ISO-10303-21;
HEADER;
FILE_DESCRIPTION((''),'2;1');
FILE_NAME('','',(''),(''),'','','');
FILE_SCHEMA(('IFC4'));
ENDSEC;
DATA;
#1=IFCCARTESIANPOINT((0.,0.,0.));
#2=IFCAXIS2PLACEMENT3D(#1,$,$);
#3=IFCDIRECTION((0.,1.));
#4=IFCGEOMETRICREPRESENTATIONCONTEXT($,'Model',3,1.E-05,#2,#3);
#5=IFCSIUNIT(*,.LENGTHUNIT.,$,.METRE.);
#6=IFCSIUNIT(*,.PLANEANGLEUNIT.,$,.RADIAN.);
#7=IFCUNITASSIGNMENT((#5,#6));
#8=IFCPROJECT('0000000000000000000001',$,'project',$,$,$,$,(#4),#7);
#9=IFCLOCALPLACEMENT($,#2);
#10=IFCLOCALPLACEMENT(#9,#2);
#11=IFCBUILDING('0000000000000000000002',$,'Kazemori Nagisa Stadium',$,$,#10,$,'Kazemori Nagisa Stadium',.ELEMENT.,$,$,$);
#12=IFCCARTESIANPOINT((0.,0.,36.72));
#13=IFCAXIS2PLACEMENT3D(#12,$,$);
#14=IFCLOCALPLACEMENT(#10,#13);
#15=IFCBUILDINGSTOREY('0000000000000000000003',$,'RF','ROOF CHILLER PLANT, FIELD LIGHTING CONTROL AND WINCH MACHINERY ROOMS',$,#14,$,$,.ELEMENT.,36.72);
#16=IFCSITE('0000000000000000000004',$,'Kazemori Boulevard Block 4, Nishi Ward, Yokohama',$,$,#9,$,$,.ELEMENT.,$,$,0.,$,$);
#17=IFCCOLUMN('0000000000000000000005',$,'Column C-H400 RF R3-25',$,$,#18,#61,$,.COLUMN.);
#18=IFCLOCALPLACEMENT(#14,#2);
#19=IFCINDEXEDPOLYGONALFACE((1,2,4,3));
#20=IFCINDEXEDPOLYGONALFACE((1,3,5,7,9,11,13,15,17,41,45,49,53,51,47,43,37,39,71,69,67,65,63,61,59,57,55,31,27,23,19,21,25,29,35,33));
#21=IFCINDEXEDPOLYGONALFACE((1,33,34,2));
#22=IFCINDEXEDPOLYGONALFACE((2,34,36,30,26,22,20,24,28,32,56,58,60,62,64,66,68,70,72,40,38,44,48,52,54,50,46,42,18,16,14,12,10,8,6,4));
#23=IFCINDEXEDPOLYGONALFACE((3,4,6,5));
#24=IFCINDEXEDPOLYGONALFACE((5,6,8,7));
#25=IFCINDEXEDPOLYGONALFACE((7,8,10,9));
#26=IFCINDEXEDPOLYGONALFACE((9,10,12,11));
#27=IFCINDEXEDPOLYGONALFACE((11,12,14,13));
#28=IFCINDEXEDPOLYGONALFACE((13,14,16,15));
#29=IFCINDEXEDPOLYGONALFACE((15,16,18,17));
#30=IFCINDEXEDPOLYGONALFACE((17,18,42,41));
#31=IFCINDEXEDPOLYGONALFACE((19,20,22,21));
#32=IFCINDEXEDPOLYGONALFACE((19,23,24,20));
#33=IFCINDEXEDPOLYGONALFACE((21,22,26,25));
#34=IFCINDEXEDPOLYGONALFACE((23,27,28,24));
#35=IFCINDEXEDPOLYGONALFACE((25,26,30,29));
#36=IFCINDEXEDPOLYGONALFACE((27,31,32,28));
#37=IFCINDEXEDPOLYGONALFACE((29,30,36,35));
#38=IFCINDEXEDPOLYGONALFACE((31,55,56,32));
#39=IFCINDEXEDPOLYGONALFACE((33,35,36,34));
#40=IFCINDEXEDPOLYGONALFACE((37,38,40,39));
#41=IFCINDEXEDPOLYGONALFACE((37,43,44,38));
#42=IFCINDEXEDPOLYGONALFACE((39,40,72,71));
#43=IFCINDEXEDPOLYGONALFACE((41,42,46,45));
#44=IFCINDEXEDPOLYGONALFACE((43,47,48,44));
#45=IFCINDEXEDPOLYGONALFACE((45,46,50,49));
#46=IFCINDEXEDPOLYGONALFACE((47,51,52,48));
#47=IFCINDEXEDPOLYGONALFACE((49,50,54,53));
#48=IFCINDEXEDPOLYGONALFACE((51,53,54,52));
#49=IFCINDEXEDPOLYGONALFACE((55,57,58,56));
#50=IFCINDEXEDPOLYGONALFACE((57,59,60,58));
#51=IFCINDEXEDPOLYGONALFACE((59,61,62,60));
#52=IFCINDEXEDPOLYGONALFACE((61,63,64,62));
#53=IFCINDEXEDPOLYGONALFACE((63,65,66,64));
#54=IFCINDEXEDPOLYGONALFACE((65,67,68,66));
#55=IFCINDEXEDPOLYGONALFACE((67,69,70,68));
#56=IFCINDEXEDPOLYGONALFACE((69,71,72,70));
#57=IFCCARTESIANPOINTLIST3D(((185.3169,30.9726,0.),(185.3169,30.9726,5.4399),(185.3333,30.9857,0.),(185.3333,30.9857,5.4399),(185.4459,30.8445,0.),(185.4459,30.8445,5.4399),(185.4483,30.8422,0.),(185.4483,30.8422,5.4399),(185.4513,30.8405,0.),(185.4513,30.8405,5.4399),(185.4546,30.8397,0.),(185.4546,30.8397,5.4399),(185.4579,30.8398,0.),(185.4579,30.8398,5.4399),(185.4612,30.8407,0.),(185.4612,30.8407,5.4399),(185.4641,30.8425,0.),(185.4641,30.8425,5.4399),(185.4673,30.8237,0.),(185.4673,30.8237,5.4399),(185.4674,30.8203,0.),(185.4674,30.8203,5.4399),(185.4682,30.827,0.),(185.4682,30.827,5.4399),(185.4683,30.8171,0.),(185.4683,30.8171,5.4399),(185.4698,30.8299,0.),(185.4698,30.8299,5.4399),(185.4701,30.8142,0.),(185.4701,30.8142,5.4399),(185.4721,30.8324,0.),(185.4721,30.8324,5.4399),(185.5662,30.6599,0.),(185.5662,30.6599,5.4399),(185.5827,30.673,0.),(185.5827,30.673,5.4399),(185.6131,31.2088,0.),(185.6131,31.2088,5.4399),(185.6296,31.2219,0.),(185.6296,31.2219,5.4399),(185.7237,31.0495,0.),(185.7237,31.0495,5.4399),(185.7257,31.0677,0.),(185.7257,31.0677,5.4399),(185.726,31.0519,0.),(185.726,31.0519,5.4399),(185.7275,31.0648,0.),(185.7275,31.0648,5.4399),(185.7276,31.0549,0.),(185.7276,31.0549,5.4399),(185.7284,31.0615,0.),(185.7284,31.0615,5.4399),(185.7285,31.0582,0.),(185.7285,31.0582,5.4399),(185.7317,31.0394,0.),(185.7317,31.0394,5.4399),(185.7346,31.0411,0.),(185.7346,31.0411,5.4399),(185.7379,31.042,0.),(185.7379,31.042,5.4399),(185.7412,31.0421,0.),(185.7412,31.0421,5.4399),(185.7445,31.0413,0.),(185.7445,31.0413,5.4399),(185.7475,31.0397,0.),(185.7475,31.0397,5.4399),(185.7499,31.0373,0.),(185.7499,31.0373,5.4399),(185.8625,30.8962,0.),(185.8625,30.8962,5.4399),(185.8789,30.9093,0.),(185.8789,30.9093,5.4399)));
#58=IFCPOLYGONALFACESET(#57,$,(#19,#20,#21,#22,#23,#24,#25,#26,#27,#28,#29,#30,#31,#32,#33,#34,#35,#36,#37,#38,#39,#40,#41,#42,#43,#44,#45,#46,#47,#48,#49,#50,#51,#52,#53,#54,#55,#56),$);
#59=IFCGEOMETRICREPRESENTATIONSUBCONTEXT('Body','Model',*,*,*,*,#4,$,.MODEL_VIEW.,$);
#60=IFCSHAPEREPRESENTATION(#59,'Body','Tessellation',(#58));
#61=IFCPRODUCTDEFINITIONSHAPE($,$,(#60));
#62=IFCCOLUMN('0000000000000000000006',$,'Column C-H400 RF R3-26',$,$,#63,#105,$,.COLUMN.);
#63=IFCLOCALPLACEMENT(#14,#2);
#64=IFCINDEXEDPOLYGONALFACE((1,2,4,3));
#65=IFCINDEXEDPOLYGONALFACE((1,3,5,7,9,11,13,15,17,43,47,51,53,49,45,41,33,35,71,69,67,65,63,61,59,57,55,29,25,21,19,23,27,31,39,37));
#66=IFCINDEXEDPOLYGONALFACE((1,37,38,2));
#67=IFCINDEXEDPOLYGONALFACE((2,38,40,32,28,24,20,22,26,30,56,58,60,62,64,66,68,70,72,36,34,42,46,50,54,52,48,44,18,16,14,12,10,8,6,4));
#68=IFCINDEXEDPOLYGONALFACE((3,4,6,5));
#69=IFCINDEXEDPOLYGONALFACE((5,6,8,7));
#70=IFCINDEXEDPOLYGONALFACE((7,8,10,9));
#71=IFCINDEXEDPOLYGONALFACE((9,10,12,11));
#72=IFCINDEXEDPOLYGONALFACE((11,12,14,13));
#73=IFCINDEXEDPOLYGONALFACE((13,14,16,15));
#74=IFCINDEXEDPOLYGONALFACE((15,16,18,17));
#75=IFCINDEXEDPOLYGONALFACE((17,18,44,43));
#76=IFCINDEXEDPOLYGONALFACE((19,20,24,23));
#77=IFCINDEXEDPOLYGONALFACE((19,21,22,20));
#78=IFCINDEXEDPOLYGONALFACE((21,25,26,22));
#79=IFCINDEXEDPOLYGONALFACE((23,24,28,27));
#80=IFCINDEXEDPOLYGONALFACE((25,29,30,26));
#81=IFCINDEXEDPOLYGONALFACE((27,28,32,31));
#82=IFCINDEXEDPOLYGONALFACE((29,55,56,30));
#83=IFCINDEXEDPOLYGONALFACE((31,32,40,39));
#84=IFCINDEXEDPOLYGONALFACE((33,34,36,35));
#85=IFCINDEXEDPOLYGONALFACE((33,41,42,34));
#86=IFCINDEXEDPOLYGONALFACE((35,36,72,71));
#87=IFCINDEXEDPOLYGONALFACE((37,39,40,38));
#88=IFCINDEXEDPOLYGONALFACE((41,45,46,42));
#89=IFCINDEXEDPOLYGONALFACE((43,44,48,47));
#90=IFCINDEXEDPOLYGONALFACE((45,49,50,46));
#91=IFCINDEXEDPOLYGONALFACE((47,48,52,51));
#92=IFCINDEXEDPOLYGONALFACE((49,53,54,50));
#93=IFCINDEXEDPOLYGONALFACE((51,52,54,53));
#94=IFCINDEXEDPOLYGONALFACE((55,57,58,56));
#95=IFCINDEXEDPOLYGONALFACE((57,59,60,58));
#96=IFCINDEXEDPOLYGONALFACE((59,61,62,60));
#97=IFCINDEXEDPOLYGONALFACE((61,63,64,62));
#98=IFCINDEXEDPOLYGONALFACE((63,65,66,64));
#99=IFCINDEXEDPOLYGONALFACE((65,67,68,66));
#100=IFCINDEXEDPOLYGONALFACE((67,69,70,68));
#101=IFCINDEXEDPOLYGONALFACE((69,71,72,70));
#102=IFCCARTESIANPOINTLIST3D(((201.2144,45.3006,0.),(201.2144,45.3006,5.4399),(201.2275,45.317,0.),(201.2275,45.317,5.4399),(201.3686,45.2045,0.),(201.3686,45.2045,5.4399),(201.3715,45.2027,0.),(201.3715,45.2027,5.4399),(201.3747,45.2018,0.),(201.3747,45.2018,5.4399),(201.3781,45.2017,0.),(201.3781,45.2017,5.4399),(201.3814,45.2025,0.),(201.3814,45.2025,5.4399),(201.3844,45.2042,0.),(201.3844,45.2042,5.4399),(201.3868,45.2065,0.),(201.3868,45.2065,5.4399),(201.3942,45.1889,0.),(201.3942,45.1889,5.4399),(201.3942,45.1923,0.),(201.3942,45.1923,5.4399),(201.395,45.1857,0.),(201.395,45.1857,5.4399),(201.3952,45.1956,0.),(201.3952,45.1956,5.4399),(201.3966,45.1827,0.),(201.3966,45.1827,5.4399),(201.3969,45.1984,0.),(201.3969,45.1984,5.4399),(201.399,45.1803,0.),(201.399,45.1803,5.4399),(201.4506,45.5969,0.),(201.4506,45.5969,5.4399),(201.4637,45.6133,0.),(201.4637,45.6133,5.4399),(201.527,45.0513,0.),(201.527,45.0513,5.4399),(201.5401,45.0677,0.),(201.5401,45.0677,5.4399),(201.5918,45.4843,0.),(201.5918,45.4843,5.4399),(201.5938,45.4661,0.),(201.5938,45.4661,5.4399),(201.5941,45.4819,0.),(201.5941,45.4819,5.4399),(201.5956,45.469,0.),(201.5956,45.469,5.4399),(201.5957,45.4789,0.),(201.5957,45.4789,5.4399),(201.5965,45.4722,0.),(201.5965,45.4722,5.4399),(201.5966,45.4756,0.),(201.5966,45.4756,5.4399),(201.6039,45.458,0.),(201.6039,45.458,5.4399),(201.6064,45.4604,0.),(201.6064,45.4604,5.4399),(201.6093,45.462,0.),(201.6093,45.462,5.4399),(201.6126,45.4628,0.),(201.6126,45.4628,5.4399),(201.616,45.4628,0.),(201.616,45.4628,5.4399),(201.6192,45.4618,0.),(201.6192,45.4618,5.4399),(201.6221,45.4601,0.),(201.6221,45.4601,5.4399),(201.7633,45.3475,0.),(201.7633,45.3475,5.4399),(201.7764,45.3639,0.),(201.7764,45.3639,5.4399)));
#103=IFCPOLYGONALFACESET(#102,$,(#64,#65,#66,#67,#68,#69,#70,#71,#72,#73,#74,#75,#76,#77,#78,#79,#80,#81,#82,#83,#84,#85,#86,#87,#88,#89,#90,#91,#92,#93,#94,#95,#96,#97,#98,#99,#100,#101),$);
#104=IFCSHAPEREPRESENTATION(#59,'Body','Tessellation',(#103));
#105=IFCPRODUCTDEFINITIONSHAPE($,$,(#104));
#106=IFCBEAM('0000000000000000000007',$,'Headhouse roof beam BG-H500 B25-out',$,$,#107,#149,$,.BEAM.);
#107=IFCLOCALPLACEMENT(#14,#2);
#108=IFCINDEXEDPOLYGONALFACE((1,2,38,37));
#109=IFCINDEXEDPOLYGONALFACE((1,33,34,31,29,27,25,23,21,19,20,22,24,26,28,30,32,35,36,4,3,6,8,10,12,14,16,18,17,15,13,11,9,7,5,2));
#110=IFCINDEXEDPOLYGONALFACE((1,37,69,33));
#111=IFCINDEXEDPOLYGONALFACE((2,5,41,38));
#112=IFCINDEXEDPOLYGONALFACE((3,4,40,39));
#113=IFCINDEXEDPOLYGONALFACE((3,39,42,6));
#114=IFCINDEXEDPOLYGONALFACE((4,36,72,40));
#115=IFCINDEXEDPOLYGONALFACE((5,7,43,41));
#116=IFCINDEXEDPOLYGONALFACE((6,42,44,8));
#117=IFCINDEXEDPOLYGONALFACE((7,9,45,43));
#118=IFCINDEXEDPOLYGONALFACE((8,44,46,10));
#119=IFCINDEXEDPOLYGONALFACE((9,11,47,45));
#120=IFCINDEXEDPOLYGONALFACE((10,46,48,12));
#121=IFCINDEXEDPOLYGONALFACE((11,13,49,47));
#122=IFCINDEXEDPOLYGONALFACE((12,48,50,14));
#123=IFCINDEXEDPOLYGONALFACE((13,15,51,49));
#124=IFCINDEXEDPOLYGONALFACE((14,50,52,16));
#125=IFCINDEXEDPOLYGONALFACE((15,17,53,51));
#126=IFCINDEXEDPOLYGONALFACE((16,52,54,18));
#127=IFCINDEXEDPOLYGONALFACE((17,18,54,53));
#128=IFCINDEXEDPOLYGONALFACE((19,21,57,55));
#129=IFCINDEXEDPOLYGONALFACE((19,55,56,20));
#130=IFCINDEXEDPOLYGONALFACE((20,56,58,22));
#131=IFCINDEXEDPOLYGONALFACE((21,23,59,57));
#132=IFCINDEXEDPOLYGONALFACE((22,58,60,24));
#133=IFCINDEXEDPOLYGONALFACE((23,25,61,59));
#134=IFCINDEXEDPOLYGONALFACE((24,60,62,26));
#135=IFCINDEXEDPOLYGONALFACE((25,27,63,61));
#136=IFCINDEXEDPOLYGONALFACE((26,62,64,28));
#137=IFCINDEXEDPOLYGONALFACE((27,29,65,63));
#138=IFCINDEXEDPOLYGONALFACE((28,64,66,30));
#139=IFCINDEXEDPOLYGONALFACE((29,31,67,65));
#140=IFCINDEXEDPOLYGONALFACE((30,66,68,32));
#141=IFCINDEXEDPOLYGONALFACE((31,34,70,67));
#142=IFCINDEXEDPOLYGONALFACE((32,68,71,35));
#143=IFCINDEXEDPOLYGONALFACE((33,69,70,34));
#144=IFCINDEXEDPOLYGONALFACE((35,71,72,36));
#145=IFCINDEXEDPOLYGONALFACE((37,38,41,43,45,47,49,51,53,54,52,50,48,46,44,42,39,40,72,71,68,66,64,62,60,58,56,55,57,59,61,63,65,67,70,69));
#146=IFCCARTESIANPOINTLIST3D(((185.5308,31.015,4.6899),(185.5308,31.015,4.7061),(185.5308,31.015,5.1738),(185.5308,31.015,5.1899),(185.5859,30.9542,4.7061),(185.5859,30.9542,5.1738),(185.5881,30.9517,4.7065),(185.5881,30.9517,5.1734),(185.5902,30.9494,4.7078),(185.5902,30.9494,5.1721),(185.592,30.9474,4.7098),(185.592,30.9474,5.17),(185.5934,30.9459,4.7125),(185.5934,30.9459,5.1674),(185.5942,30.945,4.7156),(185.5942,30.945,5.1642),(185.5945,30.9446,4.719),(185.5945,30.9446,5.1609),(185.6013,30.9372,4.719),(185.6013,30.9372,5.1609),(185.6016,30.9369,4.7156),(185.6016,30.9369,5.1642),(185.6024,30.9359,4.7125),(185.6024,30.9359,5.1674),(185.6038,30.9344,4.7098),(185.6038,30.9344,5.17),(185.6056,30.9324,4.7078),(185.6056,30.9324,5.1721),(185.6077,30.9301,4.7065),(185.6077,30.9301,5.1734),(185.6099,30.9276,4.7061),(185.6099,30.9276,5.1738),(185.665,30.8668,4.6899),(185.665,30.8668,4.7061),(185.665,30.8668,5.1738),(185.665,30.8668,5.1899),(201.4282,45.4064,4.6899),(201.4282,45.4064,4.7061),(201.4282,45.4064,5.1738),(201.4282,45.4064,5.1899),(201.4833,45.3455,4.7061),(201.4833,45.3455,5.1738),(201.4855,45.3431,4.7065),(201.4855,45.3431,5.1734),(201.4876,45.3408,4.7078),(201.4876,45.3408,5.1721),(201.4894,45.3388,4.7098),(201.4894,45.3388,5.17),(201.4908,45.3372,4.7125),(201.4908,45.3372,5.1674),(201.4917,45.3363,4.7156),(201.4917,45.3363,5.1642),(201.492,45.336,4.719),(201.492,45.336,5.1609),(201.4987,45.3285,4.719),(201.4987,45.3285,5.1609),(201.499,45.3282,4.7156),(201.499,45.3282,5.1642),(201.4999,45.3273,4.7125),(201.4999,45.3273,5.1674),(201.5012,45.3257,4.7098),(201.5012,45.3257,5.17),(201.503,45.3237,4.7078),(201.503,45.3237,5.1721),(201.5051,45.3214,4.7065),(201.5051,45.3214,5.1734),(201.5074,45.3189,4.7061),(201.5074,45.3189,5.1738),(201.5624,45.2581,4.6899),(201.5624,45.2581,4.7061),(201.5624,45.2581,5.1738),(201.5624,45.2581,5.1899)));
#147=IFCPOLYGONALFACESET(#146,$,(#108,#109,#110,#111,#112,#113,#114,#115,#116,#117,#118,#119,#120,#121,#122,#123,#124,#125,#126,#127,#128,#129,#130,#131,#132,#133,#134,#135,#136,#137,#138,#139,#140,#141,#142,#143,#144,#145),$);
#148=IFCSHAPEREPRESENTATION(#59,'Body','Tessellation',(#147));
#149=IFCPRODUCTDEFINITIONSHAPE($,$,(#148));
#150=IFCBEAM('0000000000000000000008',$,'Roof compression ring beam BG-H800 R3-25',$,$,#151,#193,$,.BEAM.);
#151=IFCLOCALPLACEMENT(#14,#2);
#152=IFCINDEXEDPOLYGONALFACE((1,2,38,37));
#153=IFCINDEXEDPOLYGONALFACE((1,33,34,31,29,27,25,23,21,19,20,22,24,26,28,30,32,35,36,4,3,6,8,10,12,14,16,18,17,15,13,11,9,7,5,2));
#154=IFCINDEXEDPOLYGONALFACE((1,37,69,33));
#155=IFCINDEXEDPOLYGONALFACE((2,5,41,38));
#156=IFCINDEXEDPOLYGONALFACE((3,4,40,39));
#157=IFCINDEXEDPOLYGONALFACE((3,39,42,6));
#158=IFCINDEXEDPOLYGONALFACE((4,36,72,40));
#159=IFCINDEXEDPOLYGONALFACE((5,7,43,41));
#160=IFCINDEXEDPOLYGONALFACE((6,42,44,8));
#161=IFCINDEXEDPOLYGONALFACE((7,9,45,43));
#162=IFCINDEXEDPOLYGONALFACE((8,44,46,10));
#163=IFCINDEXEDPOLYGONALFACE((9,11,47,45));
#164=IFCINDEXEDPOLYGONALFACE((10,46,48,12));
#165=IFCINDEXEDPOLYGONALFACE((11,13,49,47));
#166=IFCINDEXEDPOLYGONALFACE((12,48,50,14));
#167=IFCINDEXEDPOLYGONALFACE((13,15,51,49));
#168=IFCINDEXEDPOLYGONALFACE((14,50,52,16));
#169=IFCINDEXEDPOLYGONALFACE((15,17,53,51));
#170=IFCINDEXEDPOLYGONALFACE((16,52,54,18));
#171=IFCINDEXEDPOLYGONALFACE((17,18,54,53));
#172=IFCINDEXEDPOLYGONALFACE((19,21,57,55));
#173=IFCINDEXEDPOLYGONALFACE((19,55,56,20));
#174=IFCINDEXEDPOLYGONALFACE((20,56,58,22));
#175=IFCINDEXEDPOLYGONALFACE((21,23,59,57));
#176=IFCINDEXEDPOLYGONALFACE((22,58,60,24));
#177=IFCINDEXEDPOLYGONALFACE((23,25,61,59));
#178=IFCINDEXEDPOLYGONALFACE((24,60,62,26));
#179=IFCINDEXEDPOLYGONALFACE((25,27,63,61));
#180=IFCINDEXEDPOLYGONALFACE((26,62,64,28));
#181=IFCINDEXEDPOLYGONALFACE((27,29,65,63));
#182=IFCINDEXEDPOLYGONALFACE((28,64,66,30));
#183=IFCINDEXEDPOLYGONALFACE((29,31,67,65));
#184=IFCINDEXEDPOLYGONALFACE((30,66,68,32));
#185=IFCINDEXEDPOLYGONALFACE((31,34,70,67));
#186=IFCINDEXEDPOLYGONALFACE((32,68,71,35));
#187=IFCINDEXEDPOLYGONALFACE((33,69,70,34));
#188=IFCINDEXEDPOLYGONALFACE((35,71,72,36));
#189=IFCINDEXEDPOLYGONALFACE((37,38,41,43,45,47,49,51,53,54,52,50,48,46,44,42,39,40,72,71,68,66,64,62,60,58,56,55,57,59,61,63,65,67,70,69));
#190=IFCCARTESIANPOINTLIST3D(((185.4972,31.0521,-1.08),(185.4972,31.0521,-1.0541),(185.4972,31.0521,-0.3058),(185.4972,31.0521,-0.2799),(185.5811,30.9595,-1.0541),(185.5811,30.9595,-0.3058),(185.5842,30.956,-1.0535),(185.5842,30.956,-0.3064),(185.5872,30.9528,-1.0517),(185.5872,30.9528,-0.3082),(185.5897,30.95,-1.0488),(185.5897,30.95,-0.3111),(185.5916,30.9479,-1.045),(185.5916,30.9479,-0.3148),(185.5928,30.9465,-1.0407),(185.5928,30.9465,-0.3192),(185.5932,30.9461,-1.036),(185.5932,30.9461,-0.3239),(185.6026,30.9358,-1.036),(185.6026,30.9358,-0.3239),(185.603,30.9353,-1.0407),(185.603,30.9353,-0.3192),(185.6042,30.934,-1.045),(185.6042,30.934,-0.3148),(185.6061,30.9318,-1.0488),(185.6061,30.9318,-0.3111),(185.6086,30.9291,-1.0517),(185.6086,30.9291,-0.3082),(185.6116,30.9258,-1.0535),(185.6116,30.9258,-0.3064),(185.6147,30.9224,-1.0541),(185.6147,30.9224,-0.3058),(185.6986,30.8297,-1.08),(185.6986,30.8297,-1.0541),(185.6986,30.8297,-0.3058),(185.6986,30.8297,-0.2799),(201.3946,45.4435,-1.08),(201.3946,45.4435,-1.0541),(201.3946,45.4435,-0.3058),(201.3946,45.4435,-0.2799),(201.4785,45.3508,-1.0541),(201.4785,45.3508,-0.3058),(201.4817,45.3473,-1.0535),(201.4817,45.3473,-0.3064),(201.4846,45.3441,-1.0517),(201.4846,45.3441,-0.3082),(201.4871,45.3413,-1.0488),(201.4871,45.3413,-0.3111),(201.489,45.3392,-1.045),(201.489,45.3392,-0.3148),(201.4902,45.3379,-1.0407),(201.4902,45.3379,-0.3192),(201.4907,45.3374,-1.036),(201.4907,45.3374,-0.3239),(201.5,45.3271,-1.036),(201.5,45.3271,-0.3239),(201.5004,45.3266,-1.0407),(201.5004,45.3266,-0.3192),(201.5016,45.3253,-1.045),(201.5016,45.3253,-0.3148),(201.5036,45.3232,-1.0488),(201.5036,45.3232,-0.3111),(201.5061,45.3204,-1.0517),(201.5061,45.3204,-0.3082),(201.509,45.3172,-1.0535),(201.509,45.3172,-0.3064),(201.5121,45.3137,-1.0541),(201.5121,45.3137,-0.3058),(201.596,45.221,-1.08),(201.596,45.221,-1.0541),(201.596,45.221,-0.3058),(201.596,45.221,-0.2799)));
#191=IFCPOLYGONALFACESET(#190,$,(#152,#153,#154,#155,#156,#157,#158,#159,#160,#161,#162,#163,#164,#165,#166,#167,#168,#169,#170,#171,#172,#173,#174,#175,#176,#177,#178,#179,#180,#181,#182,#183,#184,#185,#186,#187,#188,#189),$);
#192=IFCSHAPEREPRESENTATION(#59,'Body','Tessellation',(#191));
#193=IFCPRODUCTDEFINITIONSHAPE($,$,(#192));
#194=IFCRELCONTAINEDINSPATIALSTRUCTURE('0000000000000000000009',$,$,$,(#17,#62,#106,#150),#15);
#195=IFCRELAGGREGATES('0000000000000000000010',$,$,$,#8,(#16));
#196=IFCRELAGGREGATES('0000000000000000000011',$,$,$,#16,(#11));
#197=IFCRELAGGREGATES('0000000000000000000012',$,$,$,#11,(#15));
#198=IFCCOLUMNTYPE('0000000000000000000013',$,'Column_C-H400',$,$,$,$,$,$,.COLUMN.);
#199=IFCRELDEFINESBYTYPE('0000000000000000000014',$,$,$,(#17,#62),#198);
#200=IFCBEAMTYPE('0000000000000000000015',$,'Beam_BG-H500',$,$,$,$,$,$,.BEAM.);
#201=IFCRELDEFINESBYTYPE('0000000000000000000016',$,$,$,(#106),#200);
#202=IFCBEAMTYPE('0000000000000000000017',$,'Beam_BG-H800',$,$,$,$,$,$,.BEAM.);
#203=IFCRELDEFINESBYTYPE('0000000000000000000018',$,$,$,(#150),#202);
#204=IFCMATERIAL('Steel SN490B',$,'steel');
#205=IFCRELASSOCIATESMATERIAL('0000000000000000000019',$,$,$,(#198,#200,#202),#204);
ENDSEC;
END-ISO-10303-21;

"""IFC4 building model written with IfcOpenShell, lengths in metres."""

from ifc_helpers import new_model, si_unit, direction, frame, origin, origin_2d, place, context, subcontext, project, spatial, i_section, extrude, material, material_profile, profile_set, type_object, element, save


model = new_model("IFC4")

# Units and contexts
model_context = context("Model", 3, precision=1e-05, world=origin(), true_north=direction((0.0, 1.0)))
body_context = subcontext(model_context, "Body", "Model", "MODEL_VIEW")
ifc_project = project(units=[si_unit("LENGTHUNIT", "METRE"), si_unit("PLANEANGLEUNIT", "RADIAN")], contexts=[model_context])

# Site, building, storey
site_placement = place(None, origin())
site = spatial("IfcSite", under=ifc_project, at=site_placement, Name="Kazemori Boulevard Block 4, Nishi Ward, Yokohama", CompositionType="ELEMENT", RefElevation=0.0)
building_placement = place(site_placement, origin())
building = spatial("IfcBuilding", under=site, at=building_placement, Name="Kazemori Nagisa Stadium", LongName="Kazemori Nagisa Stadium", CompositionType="ELEMENT")
storey_placement = place(building_placement, frame((0.0, 0.0, 36.72)))
storey = spatial("IfcBuildingStorey", under=building, at=storey_placement, Name="RF", Description="ROOF CHILLER PLANT, FIELD LIGHTING CONTROL AND WINCH MACHINERY ROOMS", CompositionType="ELEMENT", Elevation=36.72)

# Columns
ifc_material_1 = material(Name="Steel SN490B", Category="steel")
ifc_material_profile_1 = material_profile(ifc_material_1, i_section(OverallWidth=0.3999, OverallDepth=0.3999, WebThickness=0.0129, FlangeThickness=0.021, FilletRadius=0.0129, at=origin_2d()), Name="H-400x400x13x21")
ifc_profile_set_1 = profile_set([ifc_material_profile_1], Name="Steel SN490B")
column_type = type_object("IfcColumnType", Name="Column_C-H400", PredefinedType="COLUMN", material=ifc_profile_set_1)
for number, where, z_axis, x_axis, name in (
    (1, (185.5979, 30.9409, 0.0), (0.0, 0.0, 1.0), (0.62349, -0.781831, 0.0), "Column C-H400 RF R3-25"),
    (2, (201.4954, 45.3323, 0.0), (0.0, 0.0, 1.0), (0.781831, -0.62349, 0.0), "Column C-H400 RF R3-26"),
):
    element("IfcColumn", number, at=place(storey_placement, frame(where, z_axis=z_axis, x_axis=x_axis)), inside=storey, type_object=column_type, Name=name, PredefinedType="COLUMN", context=body_context, shape_type="SweptSolid", body=[
        extrude(i_section(OverallWidth=0.3999, OverallDepth=0.3999, WebThickness=0.0129, FlangeThickness=0.021, FilletRadius=0.0129, at=origin_2d()), origin(), (0.0, 0.0, 1.0), 5.4399),
    ])

# Beams
ifc_material_profile_2 = material_profile(ifc_material_1, i_section(OverallWidth=0.2, OverallDepth=0.5, WebThickness=0.01, FlangeThickness=0.0161, FilletRadius=0.0129, at=origin_2d()), Name="H-500x200x10x16")
ifc_profile_set_2 = profile_set([ifc_material_profile_2], Name="Steel SN490B")
beam_type_1 = type_object("IfcBeamType", Name="Beam_BG-H500", PredefinedType="BEAM", material=ifc_profile_set_2)
beam_1_placement = place(storey_placement, frame((185.5979, 30.9409, 4.9399), z_axis=(0.741352, 0.671117, 0.0), x_axis=(-0.671117, 0.741352, 0.0)))
element("IfcBeam", 3, at=beam_1_placement, inside=storey, type_object=beam_type_1, Name="Headhouse roof beam BG-H500 B25-out", PredefinedType="BEAM", context=body_context, shape_type="SweptSolid", body=[
    extrude(i_section(OverallWidth=0.2, OverallDepth=0.5, WebThickness=0.01, FlangeThickness=0.0161, FilletRadius=0.0129, at=origin_2d()), origin(), (0.0, 0.0, 1.0), 21.4438),
])
ifc_material_profile_3 = material_profile(ifc_material_1, i_section(OverallWidth=0.3, OverallDepth=0.8, WebThickness=0.0139, FlangeThickness=0.0259, FilletRadius=0.0181, at=origin_2d()), Name="H-800x300x14x26")
ifc_profile_set_3 = profile_set([ifc_material_profile_3], Name="Steel SN490B")
beam_type_2 = type_object("IfcBeamType", Name="Beam_BG-H800", PredefinedType="BEAM", material=ifc_profile_set_3)
beam_2_placement = place(storey_placement, frame((185.5979, 30.9409, -0.6799), z_axis=(0.741352, 0.671117, 0.0), x_axis=(-0.671117, 0.741352, 0.0)))
element("IfcBeam", 4, at=beam_2_placement, inside=storey, type_object=beam_type_2, Name="Roof compression ring beam BG-H800 R3-25", PredefinedType="BEAM", context=body_context, shape_type="SweptSolid", body=[
    extrude(i_section(OverallWidth=0.3, OverallDepth=0.8, WebThickness=0.0139, FlangeThickness=0.0259, FilletRadius=0.0181, at=origin_2d()), origin(), (0.0, 0.0, 1.0), 21.4438),
])

save(model, "model.ifc")
